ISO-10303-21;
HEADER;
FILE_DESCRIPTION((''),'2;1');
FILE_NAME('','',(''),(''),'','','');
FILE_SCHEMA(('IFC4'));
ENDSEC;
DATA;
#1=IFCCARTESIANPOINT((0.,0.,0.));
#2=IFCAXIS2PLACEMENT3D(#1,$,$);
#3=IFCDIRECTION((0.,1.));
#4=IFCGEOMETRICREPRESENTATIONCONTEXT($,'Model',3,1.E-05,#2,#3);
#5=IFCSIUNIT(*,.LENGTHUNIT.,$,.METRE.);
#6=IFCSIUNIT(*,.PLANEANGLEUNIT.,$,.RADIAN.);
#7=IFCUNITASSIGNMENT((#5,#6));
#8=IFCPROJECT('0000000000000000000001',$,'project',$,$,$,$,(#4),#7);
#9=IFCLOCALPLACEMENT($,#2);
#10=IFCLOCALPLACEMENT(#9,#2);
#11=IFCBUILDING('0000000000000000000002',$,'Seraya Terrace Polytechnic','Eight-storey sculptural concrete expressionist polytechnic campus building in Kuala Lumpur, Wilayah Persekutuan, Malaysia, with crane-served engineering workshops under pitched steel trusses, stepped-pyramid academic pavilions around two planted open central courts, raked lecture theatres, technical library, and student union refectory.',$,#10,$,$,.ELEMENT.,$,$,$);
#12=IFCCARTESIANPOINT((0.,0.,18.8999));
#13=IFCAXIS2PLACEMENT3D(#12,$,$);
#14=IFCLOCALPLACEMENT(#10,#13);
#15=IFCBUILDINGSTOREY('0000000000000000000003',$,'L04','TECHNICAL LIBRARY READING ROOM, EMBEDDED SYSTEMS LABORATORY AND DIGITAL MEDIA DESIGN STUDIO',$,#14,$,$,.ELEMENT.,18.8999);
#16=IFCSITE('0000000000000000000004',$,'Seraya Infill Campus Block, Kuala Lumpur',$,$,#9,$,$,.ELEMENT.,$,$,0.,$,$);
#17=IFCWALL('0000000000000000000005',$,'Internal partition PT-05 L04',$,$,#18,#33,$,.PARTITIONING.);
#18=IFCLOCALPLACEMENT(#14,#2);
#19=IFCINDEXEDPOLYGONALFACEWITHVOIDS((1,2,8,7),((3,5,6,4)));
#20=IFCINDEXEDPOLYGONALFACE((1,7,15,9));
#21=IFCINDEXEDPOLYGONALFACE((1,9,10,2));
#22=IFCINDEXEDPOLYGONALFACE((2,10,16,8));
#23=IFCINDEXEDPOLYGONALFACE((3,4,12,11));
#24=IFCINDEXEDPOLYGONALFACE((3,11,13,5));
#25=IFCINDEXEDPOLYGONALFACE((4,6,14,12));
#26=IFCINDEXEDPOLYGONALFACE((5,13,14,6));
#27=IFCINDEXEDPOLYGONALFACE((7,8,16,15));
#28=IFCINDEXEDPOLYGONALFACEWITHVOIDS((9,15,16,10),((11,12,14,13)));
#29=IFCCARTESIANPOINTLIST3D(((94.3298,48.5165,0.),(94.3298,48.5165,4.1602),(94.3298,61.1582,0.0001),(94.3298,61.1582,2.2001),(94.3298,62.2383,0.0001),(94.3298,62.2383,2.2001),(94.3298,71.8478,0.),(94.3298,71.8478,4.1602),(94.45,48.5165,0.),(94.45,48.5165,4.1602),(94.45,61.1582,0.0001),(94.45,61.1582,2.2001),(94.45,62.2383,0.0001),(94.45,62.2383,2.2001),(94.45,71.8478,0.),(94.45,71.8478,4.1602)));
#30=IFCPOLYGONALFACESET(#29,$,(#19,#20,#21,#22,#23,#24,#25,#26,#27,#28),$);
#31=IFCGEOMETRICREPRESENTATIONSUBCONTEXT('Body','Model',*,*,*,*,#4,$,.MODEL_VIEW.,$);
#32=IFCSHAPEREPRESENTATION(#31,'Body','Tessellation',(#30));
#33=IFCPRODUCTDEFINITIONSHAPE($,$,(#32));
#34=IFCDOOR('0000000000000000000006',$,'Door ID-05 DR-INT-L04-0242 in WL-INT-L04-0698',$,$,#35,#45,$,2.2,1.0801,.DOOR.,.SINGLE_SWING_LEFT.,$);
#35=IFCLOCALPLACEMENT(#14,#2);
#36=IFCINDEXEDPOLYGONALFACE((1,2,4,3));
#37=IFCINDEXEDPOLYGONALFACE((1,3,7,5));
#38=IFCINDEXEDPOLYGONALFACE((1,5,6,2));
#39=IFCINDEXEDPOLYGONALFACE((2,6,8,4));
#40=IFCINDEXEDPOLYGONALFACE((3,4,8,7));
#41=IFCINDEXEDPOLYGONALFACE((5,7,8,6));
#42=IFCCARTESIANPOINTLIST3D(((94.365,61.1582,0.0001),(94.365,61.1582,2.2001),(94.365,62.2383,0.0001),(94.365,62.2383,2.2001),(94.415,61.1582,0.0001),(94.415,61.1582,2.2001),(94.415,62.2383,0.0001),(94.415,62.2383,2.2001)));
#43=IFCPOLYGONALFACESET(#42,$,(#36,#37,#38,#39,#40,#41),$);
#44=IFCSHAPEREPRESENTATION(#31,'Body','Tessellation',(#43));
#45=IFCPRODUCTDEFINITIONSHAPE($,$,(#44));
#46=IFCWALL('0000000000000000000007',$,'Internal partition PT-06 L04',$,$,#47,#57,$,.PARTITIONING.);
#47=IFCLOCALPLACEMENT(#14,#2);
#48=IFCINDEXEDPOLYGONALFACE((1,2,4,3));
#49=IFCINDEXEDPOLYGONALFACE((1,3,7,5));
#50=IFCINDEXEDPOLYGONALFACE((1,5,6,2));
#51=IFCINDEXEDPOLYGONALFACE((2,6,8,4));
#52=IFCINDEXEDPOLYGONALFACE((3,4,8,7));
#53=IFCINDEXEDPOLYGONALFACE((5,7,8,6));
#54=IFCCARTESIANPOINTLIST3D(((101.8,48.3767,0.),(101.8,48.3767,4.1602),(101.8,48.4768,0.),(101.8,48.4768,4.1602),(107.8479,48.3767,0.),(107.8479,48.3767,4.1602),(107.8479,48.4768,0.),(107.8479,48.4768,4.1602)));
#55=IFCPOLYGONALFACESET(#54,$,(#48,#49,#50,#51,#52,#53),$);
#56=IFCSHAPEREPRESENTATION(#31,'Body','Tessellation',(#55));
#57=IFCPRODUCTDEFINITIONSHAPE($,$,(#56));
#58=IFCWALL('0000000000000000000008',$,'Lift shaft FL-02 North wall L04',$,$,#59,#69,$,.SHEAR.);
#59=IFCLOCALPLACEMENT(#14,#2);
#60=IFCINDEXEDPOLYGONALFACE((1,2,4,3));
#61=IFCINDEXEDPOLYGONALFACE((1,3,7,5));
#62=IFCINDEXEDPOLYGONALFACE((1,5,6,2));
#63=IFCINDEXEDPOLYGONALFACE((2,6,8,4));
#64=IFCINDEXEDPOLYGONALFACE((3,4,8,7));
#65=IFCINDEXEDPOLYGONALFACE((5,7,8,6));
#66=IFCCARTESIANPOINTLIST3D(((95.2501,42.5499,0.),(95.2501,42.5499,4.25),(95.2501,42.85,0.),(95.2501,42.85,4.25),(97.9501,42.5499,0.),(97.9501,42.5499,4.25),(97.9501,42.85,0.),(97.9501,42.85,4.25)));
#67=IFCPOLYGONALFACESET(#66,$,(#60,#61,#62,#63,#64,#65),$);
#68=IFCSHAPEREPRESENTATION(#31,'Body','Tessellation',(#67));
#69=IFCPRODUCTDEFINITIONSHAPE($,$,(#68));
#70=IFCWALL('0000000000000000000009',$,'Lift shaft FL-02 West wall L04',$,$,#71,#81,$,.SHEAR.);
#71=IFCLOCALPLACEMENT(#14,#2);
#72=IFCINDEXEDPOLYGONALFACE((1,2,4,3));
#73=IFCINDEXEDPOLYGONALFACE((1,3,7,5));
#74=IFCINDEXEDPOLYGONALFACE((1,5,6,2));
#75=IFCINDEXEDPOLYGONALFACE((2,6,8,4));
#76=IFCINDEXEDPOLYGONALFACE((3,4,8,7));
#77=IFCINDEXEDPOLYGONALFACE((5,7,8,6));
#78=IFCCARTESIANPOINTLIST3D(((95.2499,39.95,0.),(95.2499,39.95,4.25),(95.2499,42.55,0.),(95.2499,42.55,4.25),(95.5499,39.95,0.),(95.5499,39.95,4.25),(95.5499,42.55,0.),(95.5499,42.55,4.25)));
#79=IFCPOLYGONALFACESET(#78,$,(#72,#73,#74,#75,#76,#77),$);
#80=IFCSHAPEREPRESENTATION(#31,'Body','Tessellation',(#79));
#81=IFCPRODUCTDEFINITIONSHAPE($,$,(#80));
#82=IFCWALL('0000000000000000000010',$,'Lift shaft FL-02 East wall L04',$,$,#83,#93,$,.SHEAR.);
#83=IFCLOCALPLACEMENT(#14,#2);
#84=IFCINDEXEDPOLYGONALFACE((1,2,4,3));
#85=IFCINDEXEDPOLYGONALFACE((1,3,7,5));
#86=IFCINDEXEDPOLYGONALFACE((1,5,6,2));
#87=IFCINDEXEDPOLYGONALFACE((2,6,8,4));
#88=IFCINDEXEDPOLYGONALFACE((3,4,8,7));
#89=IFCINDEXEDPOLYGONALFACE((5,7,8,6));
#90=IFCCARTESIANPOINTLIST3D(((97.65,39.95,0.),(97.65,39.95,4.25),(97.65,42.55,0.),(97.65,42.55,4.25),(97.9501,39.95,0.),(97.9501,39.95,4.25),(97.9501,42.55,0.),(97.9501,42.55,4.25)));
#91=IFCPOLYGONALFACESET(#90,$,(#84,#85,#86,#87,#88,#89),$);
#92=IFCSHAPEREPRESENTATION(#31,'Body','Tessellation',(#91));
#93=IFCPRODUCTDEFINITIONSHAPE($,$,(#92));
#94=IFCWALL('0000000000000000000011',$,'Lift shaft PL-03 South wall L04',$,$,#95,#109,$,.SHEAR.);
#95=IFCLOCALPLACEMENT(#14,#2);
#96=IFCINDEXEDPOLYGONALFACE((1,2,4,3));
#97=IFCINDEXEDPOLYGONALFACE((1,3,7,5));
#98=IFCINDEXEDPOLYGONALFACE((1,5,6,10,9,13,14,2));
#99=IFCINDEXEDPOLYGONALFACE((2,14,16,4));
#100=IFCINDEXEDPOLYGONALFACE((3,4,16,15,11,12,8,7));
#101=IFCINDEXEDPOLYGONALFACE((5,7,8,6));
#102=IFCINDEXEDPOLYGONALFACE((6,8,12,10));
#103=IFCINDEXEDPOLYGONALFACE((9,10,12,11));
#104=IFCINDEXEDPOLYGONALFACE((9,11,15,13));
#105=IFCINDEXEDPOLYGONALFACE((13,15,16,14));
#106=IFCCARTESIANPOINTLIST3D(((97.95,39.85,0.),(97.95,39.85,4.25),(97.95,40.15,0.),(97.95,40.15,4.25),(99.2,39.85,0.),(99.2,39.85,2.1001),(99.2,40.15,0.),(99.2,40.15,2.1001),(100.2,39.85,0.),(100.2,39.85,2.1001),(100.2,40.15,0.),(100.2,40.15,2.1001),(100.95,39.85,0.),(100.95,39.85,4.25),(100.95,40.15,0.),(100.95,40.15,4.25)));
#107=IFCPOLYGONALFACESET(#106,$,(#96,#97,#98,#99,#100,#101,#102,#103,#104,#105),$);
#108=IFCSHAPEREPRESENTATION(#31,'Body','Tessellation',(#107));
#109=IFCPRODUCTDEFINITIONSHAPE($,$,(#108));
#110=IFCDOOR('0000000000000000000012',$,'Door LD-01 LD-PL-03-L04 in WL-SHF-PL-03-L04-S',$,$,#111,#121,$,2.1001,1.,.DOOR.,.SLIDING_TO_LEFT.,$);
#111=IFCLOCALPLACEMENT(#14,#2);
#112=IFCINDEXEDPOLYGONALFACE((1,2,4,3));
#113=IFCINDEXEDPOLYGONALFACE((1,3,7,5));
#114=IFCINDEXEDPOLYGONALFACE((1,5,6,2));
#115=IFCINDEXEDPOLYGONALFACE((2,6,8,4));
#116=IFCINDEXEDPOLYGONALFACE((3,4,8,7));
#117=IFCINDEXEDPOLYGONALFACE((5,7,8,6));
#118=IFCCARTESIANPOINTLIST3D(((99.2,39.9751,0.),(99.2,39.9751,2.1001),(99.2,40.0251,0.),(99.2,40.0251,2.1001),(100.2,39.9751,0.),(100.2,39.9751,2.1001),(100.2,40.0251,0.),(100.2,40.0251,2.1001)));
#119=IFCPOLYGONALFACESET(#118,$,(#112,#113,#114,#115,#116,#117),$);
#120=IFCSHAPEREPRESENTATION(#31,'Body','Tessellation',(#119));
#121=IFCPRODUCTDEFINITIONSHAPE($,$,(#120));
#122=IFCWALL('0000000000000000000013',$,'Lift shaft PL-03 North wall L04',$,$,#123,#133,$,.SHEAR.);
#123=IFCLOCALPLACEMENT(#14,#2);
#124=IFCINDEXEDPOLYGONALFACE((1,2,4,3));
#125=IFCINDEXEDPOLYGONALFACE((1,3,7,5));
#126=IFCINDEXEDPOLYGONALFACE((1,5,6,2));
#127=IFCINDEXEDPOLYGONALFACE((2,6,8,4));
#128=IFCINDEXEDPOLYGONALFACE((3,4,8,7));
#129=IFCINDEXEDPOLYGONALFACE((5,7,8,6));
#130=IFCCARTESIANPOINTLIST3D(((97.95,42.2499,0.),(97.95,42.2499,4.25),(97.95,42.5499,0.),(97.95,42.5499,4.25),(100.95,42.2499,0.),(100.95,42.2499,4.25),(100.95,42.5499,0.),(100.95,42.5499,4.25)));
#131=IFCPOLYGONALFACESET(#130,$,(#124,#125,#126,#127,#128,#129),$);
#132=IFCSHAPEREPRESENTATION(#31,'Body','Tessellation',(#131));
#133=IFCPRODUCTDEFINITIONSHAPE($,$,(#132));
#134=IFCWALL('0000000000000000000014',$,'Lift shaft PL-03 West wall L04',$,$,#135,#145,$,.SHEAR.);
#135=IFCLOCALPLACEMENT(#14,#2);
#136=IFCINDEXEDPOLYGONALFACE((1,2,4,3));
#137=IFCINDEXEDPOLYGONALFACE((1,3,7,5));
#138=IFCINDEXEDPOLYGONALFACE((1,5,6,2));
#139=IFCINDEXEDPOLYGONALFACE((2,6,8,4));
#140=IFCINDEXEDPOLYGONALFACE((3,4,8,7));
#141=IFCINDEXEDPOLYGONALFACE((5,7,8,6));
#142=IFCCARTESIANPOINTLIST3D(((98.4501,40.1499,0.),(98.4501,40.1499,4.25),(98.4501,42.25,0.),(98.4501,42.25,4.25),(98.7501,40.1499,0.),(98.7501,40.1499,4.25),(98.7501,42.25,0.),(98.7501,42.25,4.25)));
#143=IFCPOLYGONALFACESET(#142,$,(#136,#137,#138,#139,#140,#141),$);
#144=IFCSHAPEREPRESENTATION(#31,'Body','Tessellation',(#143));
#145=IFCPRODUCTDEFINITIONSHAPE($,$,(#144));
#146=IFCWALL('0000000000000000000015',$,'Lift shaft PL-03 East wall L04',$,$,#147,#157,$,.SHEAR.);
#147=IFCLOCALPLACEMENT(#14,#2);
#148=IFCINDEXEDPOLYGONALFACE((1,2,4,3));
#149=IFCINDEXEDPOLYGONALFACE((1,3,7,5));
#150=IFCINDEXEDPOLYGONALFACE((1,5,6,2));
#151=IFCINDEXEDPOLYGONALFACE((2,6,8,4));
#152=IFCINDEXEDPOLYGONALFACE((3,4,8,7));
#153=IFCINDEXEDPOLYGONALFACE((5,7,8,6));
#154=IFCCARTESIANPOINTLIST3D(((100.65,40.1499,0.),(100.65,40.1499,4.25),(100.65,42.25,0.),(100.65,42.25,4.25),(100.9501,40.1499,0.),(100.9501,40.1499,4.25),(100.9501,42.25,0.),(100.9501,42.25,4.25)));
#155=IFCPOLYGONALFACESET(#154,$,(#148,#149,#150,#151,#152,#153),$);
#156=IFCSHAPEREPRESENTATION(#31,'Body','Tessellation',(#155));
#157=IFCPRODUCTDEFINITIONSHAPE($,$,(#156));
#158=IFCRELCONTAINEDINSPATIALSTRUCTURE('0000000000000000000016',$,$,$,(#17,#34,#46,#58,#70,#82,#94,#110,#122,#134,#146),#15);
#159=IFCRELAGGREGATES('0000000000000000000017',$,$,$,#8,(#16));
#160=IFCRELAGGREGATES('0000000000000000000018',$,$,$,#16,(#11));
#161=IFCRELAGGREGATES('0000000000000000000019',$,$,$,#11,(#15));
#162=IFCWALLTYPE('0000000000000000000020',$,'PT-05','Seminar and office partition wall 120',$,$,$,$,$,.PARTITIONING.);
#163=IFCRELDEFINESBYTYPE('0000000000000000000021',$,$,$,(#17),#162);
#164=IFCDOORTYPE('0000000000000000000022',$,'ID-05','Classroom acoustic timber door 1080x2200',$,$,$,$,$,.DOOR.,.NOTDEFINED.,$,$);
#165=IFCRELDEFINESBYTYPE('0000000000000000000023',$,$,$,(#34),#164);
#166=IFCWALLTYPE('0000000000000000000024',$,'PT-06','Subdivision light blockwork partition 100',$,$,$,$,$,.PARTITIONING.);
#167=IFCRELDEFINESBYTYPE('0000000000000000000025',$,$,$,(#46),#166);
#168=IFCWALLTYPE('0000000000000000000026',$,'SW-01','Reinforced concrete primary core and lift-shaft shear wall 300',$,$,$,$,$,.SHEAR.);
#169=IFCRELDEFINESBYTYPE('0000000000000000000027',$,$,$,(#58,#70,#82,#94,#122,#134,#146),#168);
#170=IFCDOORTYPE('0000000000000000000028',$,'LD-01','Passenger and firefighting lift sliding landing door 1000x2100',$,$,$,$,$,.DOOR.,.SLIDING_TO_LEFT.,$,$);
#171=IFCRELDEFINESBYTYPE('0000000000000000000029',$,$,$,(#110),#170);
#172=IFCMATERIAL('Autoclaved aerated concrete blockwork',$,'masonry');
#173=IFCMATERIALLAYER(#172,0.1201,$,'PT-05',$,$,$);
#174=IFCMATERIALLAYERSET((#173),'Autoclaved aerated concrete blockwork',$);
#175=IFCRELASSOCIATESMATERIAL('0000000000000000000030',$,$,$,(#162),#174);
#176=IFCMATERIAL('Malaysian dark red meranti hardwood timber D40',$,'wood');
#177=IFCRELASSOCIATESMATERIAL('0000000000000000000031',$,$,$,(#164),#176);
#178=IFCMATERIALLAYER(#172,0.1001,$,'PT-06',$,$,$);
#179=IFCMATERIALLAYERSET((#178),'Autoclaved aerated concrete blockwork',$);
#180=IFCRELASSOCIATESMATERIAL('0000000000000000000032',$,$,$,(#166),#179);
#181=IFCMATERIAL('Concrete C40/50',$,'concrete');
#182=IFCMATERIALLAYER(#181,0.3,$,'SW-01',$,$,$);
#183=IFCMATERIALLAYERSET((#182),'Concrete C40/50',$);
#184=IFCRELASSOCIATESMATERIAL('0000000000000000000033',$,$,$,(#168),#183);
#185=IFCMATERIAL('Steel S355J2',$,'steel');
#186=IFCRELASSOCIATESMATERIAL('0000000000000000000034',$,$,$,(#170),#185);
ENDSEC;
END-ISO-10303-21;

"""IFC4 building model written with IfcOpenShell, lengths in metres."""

from ifc_helpers import new_model, si_unit, direction, frame, frame_2d, origin, place, context, subcontext, project, spatial, rectangle, extrude, material, layer, layer_set, type_object, element, fill, save


model = new_model("IFC4")

# Units and contexts
model_context = context("Model", 3, precision=1e-05, world=origin(), true_north=direction((0.0, 1.0)))
body_context = subcontext(model_context, "Body", "Model", "MODEL_VIEW")
ifc_project = project(units=[si_unit("LENGTHUNIT", "METRE"), si_unit("PLANEANGLEUNIT", "RADIAN")], contexts=[model_context])

# Site, building, storey
site_placement = place(None, origin())
site = spatial("IfcSite", under=ifc_project, at=site_placement, Name="Seraya Infill Campus Block, Kuala Lumpur", CompositionType="ELEMENT", RefElevation=0.0)
building_placement = place(site_placement, origin())
building = spatial("IfcBuilding", under=site, at=building_placement, Name="Seraya Terrace Polytechnic", Description="Eight-storey sculptural concrete expressionist polytechnic campus building in Kuala Lumpur, Wilayah Persekutuan, Malaysia, with crane-served engineering workshops under pitched steel trusses, stepped-pyramid academic pavilions around two planted open central courts, raked lecture theatres, technical library, and student union refectory.", CompositionType="ELEMENT")
storey_placement = place(building_placement, frame((0.0, 0.0, 18.8999)))
storey = spatial("IfcBuildingStorey", under=building, at=storey_placement, Name="L04", Description="TECHNICAL LIBRARY READING ROOM, EMBEDDED SYSTEMS LABORATORY AND DIGITAL MEDIA DESIGN STUDIO", CompositionType="ELEMENT", Elevation=18.8999)

# Shared definitions
ifc_material_1 = material(Name="Concrete C40/50", Category="concrete")

# Shared definitions
ifc_material_2 = material(Name="Autoclaved aerated concrete blockwork", Category="masonry")

# Wall, opening, door
ifc_layer_1 = layer(ifc_material_2, 0.1201, Name="PT-05")
ifc_layer_set_1 = layer_set([ifc_layer_1], Name="Autoclaved aerated concrete blockwork")
wall_type_1 = type_object("IfcWallType", Name="PT-05", Description="Seminar and office partition wall 120", PredefinedType="PARTITIONING", material=ifc_layer_set_1)
ifc_material_3 = material(Name="Malaysian dark red meranti hardwood timber D40", Category="wood")
wall_1_placement = place(storey_placement, frame((94.3899, 48.5166, 0.0), z_axis=(0.0, 0.0, 1.0), x_axis=(0.0, 1.0, 0.0)))
wall_1 = element("IfcWall", 1, at=wall_1_placement, inside=storey, type_object=wall_type_1, Name="Internal partition PT-05 L04", PredefinedType="PARTITIONING", context=body_context, shape_type="SweptSolid", body=[
    extrude(rectangle(XDim=23.3313, YDim=0.1201, at=frame_2d((11.6655, 0.0))), origin(), (0.0, 0.0, 1.0), 4.1602),
])
opening_1_placement = place(wall_1_placement, frame((12.6416, 0.0, 0.0)))
opening_1 = element("IfcOpeningElement", 2, at=opening_1_placement, cuts=wall_1, PredefinedType="OPENING", context=body_context, shape_type="SweptSolid", body=[
    extrude(rectangle(XDim=1.0801, YDim=2.2, at=frame_2d((0.54, 1.1001))), frame((0.0, 0.072, 0.0), z_axis=(0.0, -1.0, 0.0), x_axis=(1.0, 0.0, 0.0)), (0.0, 0.0, 1.0), 0.144),
])
door_type_1 = type_object("IfcDoorType", Name="ID-05", Description="Classroom acoustic timber door 1080x2200", OperationType="NOTDEFINED", PredefinedType="DOOR", material=ifc_material_3)
door_1_placement = place(opening_1_placement, origin())
door_1 = element("IfcDoor", 3, at=door_1_placement, inside=storey, type_object=door_type_1, Name="Door ID-05 DR-INT-L04-0242 in WL-INT-L04-0698", OperationType="SINGLE_SWING_LEFT", OverallHeight=2.2, OverallWidth=1.0801, PredefinedType="DOOR", context=body_context, shape_type="SweptSolid", body=[
    extrude(rectangle(XDim=1.0801, YDim=2.2, at=frame_2d((0.54, 1.1001))), frame((0.0, 0.0249, 0.0), z_axis=(0.0, -1.0, 0.0), x_axis=(1.0, 0.0, 0.0)), (0.0, 0.0, 1.0), 0.05),
])
fill(opening_1, door_1)

# Walls
ifc_layer_2 = layer(ifc_material_2, 0.1001, Name="PT-06")
ifc_layer_set_2 = layer_set([ifc_layer_2], Name="Autoclaved aerated concrete blockwork")
wall_type_2 = type_object("IfcWallType", Name="PT-06", Description="Subdivision light blockwork partition 100", PredefinedType="PARTITIONING", material=ifc_layer_set_2)
wall_2_placement = place(storey_placement, frame((101.8, 48.4268, 0.0), z_axis=(0.0, 0.0, 1.0), x_axis=(1.0, 0.0, 0.0)))
element("IfcWall", 4, at=wall_2_placement, inside=storey, type_object=wall_type_2, Name="Internal partition PT-06 L04", PredefinedType="PARTITIONING", context=body_context, shape_type="SweptSolid", body=[
    extrude(rectangle(XDim=6.0479, YDim=0.1001, at=frame_2d((3.0239, 0.0))), origin(), (0.0, 0.0, 1.0), 4.1602),
])
ifc_layer_3 = layer(ifc_material_1, 0.3, Name="SW-01")
ifc_layer_set_3 = layer_set([ifc_layer_3], Name="Concrete C40/50")
wall_type_3 = type_object("IfcWallType", Name="SW-01", Description="Reinforced concrete primary core and lift-shaft shear wall 300", PredefinedType="SHEAR", material=ifc_layer_set_3)
wall_3_placement = place(storey_placement, frame((95.25, 42.7, 0.0), z_axis=(0.0, 0.0, 1.0), x_axis=(1.0, 0.0, 0.0)))
element("IfcWall", 5, at=wall_3_placement, inside=storey, type_object=wall_type_3, Name="Lift shaft FL-02 North wall L04", PredefinedType="SHEAR", context=body_context, shape_type="SweptSolid", body=[
    extrude(rectangle(XDim=2.7, YDim=0.3, at=frame_2d((1.3501, 0.0))), origin(), (0.0, 0.0, 1.0), 4.25),
])
for number, where, z_axis, x_axis, name in (
    (6, (95.3999, 39.95, 0.0), (0.0, 0.0, 1.0), (0.0, 1.0, 0.0), "Lift shaft FL-02 West wall L04"),
    (7, (97.8, 39.95, 0.0), (0.0, 0.0, 1.0), (0.0, 1.0, 0.0), "Lift shaft FL-02 East wall L04"),
):
    element("IfcWall", number, at=place(storey_placement, frame(where, z_axis=z_axis, x_axis=x_axis)), inside=storey, type_object=wall_type_3, Name=name, PredefinedType="SHEAR", context=body_context, shape_type="SweptSolid", body=[
        extrude(rectangle(XDim=2.6001, YDim=0.3, at=frame_2d((1.3, 0.0))), origin(), (0.0, 0.0, 1.0), 4.25),
    ])

# Wall, opening, door
wall_4_placement = place(storey_placement, frame((97.95, 40.0, 0.0), z_axis=(0.0, 0.0, 1.0), x_axis=(1.0, 0.0, 0.0)))
wall_4 = element("IfcWall", 8, at=wall_4_placement, inside=storey, type_object=wall_type_3, Name="Lift shaft PL-03 South wall L04", PredefinedType="SHEAR", context=body_context, shape_type="SweptSolid", body=[
    extrude(rectangle(XDim=3.0, YDim=0.3, at=frame_2d((1.5, 0.0))), origin(), (0.0, 0.0, 1.0), 4.25),
])
opening_2_placement = place(wall_4_placement, frame((1.25, 0.0, 0.0)))
opening_2 = element("IfcOpeningElement", 9, at=opening_2_placement, cuts=wall_4, PredefinedType="OPENING", context=body_context, shape_type="SweptSolid", body=[
    extrude(rectangle(XDim=1.0, YDim=2.1001, at=frame_2d((0.5, 1.05))), frame((0.0, 0.1621, 0.0), z_axis=(0.0, -1.0, 0.0), x_axis=(1.0, 0.0, 0.0)), (0.0, 0.0, 1.0), 0.324),
])
ifc_material_4 = material(Name="Steel S355J2", Category="steel")
door_type_2 = type_object("IfcDoorType", Name="LD-01", Description="Passenger and firefighting lift sliding landing door 1000x2100", OperationType="SLIDING_TO_LEFT", PredefinedType="DOOR", material=ifc_material_4)
door_2_placement = place(opening_2_placement, frame((1.0, 0.0, 0.0), z_axis=(0.0, 0.0, 1.0), x_axis=(-1.0, 0.0, 0.0)))
door_2 = element("IfcDoor", 10, at=door_2_placement, inside=storey, type_object=door_type_2, Name="Door LD-01 LD-PL-03-L04 in WL-SHF-PL-03-L04-S", OperationType="SLIDING_TO_LEFT", OverallHeight=2.1001, OverallWidth=1.0, PredefinedType="DOOR", context=body_context, shape_type="SweptSolid", body=[
    extrude(rectangle(XDim=1.0, YDim=2.1001, at=frame_2d((0.5, 1.05))), frame((0.0, 0.0249, 0.0), z_axis=(0.0, -1.0, 0.0), x_axis=(1.0, 0.0, 0.0)), (0.0, 0.0, 1.0), 0.05),
])
fill(opening_2, door_2)

# Walls
wall_5_placement = place(storey_placement, frame((97.95, 42.3999, 0.0), z_axis=(0.0, 0.0, 1.0), x_axis=(1.0, 0.0, 0.0)))
element("IfcWall", 11, at=wall_5_placement, inside=storey, type_object=wall_type_3, Name="Lift shaft PL-03 North wall L04", PredefinedType="SHEAR", context=body_context, shape_type="SweptSolid", body=[
    extrude(rectangle(XDim=3.0, YDim=0.3, at=frame_2d((1.5, 0.0))), origin(), (0.0, 0.0, 1.0), 4.25),
])
for number, where, z_axis, x_axis, name in (
    (12, (98.6001, 40.1499, 0.0), (0.0, 0.0, 1.0), (0.0, 1.0, 0.0), "Lift shaft PL-03 West wall L04"),
    (13, (100.8, 40.1499, 0.0), (0.0, 0.0, 1.0), (0.0, 1.0, 0.0), "Lift shaft PL-03 East wall L04"),
):
    element("IfcWall", number, at=place(storey_placement, frame(where, z_axis=z_axis, x_axis=x_axis)), inside=storey, type_object=wall_type_3, Name=name, PredefinedType="SHEAR", context=body_context, shape_type="SweptSolid", body=[
        extrude(rectangle(XDim=2.1001, YDim=0.3, at=frame_2d((1.05, 0.0))), origin(), (0.0, 0.0, 1.0), 4.25),
    ])

save(model, "model.ifc")
